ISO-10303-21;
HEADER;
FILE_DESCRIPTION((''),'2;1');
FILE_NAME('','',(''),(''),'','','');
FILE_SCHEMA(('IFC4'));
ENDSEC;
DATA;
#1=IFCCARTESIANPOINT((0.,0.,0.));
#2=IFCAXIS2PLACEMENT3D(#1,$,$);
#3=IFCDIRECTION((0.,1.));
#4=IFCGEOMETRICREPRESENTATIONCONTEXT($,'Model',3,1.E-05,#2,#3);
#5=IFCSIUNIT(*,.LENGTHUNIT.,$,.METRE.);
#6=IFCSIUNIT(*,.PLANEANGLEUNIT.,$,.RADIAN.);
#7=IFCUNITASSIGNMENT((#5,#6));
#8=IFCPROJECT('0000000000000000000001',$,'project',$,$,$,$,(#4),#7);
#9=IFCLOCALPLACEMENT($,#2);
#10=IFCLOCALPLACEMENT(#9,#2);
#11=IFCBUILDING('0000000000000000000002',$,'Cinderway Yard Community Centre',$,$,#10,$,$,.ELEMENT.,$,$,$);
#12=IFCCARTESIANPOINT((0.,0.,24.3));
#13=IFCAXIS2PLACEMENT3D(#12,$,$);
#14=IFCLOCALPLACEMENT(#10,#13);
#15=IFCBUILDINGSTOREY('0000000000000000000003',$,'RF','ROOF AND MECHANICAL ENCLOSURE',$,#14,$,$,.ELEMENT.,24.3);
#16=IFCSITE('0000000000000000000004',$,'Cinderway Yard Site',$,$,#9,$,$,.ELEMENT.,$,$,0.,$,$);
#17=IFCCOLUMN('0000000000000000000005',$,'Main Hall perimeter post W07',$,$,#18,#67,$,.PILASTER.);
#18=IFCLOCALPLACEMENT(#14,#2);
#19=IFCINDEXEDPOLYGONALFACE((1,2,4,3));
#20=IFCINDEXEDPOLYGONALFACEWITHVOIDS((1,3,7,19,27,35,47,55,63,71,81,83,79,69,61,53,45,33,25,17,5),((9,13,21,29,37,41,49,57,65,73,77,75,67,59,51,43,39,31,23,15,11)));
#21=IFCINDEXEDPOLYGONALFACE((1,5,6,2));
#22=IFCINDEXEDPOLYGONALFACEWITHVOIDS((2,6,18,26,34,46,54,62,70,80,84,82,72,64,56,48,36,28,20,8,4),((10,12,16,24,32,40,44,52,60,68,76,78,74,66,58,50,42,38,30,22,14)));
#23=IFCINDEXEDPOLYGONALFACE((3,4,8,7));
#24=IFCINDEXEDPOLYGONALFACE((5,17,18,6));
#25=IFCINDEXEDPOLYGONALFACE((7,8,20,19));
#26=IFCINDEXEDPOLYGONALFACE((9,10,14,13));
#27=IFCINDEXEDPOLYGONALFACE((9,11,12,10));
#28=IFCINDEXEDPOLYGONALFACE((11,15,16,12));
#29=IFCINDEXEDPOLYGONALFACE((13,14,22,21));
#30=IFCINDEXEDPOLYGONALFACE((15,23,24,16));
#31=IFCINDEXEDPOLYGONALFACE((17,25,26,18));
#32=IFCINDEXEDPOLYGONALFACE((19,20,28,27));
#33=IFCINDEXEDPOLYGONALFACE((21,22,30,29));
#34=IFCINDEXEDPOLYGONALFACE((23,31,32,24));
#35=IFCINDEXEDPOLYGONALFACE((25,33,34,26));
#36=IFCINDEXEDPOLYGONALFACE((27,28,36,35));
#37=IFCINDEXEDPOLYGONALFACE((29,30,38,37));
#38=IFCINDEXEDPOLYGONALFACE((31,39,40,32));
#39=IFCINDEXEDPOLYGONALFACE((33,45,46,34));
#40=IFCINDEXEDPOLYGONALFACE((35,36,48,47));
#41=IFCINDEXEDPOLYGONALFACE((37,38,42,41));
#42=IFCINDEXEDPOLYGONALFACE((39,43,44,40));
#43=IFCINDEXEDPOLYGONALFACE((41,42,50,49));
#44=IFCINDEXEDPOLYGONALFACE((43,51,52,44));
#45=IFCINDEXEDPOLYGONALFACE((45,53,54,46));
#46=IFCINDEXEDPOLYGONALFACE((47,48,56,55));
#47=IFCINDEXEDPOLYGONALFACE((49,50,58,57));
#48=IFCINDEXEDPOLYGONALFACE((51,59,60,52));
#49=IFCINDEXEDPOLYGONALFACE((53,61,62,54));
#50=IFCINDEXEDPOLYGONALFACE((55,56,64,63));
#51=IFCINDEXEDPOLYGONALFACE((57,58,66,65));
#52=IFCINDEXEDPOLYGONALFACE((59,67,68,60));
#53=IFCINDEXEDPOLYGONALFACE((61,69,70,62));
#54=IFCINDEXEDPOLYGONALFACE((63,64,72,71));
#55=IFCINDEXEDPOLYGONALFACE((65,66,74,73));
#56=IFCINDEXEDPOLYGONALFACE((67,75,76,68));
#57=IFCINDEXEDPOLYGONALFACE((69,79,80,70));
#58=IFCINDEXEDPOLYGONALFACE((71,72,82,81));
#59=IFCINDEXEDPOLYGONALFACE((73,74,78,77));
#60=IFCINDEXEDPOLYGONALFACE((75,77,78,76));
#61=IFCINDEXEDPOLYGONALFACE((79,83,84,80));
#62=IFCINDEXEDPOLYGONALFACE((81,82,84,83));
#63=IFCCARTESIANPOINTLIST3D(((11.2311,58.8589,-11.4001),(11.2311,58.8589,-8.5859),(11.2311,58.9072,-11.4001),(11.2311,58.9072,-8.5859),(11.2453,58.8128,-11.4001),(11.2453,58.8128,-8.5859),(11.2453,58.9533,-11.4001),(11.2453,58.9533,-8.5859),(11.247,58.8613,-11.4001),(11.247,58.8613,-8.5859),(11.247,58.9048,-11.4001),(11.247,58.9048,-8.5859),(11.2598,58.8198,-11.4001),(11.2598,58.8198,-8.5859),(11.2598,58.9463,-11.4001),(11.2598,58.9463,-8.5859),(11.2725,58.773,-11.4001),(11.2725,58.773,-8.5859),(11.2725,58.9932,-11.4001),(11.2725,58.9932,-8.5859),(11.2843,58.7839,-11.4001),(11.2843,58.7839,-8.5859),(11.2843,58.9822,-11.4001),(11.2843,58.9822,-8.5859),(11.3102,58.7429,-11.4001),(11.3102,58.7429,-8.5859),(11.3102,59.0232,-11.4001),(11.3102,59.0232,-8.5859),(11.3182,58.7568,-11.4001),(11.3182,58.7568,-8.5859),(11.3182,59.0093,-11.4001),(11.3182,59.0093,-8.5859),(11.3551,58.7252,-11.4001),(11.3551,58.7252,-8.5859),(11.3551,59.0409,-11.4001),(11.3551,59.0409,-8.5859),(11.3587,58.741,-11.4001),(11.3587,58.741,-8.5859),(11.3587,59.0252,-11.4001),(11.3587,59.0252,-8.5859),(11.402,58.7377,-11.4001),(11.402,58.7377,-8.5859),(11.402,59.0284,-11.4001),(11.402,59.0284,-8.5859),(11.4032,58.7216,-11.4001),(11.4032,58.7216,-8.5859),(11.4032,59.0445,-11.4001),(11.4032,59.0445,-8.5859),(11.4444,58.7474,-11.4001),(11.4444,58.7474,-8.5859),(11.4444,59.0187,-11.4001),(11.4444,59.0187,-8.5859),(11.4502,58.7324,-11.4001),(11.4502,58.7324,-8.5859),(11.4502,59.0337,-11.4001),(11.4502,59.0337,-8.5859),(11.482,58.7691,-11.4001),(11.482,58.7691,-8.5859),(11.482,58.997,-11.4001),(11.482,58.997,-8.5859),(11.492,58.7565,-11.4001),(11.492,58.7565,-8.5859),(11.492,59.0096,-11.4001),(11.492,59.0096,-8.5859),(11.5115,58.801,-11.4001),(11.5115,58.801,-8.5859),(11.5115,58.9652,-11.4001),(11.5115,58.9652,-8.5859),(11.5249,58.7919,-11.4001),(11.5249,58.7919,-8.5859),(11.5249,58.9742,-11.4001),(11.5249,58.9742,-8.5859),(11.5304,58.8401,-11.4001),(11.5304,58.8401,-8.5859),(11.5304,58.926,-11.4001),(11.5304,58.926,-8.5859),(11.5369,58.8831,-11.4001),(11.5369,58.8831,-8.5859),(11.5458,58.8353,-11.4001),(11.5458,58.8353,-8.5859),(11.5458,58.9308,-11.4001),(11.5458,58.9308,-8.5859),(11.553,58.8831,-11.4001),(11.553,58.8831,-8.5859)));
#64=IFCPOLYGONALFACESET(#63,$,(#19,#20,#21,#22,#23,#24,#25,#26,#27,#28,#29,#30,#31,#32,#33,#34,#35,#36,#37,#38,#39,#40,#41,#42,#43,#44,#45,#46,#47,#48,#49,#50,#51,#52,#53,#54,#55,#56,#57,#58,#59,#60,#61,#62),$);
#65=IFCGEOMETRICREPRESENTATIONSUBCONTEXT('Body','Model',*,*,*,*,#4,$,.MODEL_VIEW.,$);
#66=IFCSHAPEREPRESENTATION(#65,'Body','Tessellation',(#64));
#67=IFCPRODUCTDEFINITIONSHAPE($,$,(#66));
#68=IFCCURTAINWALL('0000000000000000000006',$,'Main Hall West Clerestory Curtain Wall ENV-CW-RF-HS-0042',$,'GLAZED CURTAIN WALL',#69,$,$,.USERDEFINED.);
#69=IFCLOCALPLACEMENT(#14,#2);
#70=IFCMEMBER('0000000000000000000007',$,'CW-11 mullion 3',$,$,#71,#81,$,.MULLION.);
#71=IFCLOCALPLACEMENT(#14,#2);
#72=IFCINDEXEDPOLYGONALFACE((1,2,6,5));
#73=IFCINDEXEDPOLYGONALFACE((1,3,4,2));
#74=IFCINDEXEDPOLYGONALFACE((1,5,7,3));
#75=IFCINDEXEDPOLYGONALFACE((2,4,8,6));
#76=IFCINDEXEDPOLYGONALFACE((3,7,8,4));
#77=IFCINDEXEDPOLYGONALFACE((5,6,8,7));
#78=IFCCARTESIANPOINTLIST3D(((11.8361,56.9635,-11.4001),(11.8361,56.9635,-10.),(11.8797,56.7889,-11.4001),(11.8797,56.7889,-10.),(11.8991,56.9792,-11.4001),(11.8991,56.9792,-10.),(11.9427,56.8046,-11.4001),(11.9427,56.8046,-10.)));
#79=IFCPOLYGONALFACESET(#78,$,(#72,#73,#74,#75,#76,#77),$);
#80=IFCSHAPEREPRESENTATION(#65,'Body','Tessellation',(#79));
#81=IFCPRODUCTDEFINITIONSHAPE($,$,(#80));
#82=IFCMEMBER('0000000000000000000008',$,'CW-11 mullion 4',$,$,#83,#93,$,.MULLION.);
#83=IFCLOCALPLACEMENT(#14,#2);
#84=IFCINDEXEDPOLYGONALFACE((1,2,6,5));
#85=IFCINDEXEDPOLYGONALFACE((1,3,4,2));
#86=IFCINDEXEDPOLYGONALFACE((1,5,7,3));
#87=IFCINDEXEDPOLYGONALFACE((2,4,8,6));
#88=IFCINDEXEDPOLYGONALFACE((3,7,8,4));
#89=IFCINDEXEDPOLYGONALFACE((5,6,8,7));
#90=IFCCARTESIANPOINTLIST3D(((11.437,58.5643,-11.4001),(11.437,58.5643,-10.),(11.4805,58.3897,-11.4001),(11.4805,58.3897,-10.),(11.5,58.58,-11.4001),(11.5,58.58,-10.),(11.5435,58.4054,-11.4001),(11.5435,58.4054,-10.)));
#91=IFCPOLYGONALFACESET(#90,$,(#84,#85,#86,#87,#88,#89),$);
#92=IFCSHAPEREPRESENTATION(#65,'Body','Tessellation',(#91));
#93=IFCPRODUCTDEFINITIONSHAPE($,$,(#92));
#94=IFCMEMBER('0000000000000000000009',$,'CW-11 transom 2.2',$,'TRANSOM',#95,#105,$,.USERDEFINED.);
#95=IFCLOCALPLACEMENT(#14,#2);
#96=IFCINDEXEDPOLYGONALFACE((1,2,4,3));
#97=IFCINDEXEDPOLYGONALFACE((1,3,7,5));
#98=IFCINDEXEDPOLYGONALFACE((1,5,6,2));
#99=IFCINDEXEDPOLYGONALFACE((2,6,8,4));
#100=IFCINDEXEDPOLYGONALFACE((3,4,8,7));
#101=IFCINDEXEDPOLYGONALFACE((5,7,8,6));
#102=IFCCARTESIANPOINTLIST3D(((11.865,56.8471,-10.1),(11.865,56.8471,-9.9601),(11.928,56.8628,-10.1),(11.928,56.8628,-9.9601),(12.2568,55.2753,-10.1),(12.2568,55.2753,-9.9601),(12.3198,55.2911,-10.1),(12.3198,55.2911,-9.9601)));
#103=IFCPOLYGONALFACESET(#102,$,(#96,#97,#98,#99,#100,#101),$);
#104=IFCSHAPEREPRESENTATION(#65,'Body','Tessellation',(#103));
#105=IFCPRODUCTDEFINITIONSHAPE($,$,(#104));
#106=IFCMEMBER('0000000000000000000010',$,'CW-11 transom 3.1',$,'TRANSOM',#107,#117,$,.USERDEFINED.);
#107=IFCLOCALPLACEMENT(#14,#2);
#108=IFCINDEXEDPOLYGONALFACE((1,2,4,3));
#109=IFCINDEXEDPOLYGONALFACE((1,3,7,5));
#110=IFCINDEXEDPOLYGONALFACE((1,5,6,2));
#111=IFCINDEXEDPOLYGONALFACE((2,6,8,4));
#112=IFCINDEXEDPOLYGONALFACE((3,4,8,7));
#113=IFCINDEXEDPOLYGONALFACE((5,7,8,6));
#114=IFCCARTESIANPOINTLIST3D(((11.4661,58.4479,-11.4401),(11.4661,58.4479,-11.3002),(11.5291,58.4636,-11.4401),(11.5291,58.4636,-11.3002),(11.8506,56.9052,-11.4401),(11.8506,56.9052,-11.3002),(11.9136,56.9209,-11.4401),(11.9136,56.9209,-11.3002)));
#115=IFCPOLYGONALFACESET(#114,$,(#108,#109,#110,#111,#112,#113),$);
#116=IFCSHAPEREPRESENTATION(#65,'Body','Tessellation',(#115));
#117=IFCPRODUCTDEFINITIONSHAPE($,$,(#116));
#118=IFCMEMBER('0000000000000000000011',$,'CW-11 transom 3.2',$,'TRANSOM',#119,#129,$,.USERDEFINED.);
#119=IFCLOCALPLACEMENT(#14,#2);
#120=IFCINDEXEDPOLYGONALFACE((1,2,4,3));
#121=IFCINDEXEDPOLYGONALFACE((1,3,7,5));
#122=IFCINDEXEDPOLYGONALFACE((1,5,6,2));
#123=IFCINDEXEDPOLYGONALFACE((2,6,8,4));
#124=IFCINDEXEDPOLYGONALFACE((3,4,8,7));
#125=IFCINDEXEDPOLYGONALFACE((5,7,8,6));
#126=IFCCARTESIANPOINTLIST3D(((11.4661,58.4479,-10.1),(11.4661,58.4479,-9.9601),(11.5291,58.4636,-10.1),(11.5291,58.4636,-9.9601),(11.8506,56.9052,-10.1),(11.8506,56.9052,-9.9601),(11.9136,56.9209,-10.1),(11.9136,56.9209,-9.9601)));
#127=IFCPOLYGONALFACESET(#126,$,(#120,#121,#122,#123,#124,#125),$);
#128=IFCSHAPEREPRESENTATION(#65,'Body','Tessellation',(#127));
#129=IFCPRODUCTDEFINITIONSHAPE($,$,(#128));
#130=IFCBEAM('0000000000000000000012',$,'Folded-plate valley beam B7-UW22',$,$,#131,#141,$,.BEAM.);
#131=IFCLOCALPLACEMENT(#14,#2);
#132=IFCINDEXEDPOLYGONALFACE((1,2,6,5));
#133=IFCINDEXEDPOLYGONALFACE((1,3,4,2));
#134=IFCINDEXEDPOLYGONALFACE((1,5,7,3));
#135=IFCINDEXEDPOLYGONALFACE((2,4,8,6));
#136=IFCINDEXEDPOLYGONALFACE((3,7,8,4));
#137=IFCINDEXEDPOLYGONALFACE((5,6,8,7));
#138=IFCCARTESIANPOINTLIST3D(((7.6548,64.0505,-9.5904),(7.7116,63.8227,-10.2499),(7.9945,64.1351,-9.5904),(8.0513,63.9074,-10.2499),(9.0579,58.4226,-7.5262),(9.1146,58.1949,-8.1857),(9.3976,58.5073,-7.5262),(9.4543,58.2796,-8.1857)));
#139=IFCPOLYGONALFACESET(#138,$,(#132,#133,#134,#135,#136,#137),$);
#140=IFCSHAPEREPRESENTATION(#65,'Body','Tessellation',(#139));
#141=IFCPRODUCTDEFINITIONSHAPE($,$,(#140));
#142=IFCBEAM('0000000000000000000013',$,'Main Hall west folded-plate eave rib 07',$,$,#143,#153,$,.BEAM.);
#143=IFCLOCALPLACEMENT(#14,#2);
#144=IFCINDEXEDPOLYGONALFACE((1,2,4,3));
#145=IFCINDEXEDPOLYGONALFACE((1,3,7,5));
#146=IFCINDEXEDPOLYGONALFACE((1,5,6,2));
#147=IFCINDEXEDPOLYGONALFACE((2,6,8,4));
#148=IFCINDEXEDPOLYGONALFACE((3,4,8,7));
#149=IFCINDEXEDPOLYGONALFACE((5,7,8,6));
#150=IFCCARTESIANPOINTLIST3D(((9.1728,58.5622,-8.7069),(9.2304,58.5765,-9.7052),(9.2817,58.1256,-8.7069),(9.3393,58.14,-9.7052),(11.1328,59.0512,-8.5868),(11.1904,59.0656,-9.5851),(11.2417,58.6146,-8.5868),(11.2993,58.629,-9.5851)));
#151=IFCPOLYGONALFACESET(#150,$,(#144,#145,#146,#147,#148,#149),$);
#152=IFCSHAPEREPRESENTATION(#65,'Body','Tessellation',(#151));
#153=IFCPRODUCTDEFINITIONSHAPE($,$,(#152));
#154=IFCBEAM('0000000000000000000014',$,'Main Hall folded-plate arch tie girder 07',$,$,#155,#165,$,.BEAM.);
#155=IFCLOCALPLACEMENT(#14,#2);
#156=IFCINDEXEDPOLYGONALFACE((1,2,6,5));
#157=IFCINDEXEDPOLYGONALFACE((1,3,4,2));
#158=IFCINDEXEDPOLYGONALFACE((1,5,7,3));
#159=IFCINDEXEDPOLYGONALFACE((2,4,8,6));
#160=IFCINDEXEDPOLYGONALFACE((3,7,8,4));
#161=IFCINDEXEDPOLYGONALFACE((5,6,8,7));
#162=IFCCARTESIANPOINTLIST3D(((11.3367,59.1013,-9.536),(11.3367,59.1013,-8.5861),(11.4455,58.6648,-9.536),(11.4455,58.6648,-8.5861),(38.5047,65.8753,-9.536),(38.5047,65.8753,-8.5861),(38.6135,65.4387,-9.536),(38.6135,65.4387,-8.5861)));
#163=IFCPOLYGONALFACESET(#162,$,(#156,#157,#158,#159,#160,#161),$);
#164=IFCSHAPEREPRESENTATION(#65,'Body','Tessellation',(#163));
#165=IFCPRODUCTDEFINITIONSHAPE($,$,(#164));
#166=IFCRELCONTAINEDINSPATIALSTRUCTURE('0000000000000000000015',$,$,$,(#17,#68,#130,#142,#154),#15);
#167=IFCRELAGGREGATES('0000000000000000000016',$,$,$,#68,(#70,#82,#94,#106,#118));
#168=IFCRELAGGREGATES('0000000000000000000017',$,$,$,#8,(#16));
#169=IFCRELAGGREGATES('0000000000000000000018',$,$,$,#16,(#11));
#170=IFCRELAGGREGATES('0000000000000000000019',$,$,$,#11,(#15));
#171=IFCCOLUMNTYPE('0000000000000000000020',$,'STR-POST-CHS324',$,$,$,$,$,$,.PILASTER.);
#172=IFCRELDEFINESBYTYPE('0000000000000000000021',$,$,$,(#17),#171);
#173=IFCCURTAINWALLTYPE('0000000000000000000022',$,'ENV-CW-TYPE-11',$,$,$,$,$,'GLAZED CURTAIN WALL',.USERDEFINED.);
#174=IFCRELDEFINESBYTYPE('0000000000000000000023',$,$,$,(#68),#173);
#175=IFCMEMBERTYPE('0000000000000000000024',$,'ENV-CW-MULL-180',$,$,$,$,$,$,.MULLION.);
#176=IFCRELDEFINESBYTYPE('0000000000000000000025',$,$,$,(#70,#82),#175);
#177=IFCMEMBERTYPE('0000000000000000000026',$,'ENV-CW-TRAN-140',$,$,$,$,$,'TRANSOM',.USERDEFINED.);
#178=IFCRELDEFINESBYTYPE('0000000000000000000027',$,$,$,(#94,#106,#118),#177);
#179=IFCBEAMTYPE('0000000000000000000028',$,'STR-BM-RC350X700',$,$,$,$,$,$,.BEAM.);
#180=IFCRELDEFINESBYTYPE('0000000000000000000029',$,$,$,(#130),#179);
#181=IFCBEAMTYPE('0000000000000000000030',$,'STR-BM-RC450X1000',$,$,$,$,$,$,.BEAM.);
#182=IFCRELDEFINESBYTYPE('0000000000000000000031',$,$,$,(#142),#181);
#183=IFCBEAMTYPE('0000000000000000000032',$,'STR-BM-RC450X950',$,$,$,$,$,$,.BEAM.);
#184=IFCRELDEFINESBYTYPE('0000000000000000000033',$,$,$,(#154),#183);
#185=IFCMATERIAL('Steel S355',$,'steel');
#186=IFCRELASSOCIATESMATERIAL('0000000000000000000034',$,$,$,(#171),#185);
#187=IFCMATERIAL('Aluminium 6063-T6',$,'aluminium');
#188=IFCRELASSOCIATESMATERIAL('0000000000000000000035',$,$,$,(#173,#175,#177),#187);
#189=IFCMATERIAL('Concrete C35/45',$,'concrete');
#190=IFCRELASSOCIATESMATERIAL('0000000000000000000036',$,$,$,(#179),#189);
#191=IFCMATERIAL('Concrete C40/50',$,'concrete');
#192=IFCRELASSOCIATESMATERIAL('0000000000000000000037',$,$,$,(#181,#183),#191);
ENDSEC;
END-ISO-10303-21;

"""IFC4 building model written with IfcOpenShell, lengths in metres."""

from ifc_helpers import new_model, si_unit, direction, frame, origin, origin_2d, place, context, subcontext, project, spatial, rectangle, hollow_circle, extrude, material, material_profile, profile_set, type_object, element, aggregate, save


model = new_model("IFC4")

# Units and contexts
model_context = context("Model", 3, precision=1e-05, world=origin(), true_north=direction((0.0, 1.0)))
body_context = subcontext(model_context, "Body", "Model", "MODEL_VIEW")
ifc_project = project(units=[si_unit("LENGTHUNIT", "METRE"), si_unit("PLANEANGLEUNIT", "RADIAN")], contexts=[model_context])

# Site, building, storey
site_placement = place(None, origin())
site = spatial("IfcSite", under=ifc_project, at=site_placement, Name="Cinderway Yard Site", CompositionType="ELEMENT", RefElevation=0.0)
building_placement = place(site_placement, origin())
building = spatial("IfcBuilding", under=site, at=building_placement, Name="Cinderway Yard Community Centre", CompositionType="ELEMENT")
storey_placement = place(building_placement, frame((0.0, 0.0, 24.3)))
storey = spatial("IfcBuildingStorey", under=building, at=storey_placement, Name="RF", Description="ROOF AND MECHANICAL ENCLOSURE", CompositionType="ELEMENT", Elevation=24.3)

# Column
ifc_material_1 = material(Name="Steel S355", Category="steel")
ifc_material_profile_1 = material_profile(ifc_material_1, hollow_circle(Radius=0.1619, WallThickness=0.0161, at=origin_2d()), Name="Steel S355")
ifc_profile_set_1 = profile_set([ifc_material_profile_1], Name="Steel S355")
column_type = type_object("IfcColumnType", Name="STR-POST-CHS324", PredefinedType="PILASTER", material=ifc_profile_set_1)
column_placement = place(storey_placement, frame((11.3911, 58.8831, -11.4001), z_axis=(0.0, 0.0, 1.0), x_axis=(1.0, 0.0, 0.0)))
element("IfcColumn", 1, at=column_placement, inside=storey, type_object=column_type, Name="Main Hall perimeter post W07", PredefinedType="PILASTER", context=body_context, shape_type="SweptSolid", body=[
    extrude(hollow_circle(Radius=0.1619, WallThickness=0.0161, at=origin_2d()), origin(), (0.0, 0.0, 1.0), 2.8142),
])

# Curtain wall, members
ifc_material_2 = material(Name="Aluminium 6063-T6", Category="aluminium")
curtain_wall_type = type_object("IfcCurtainWallType", Name="ENV-CW-TYPE-11", ElementType="GLAZED CURTAIN WALL", PredefinedType="USERDEFINED", material=ifc_material_2)
curtain_wall_placement = place(storey_placement, origin())
curtain_wall = element("IfcCurtainWall", 2, at=curtain_wall_placement, inside=storey, type_object=curtain_wall_type, Name="Main Hall West Clerestory Curtain Wall ENV-CW-RF-HS-0042", ObjectType="GLAZED CURTAIN WALL", PredefinedType="USERDEFINED")
ifc_material_profile_2 = material_profile(ifc_material_2, rectangle(XDim=0.0649, YDim=0.1799, at=origin_2d()), Name="Aluminium 6063-T6")
ifc_profile_set_2 = profile_set([ifc_material_profile_2], Name="Aluminium 6063-T6")
member_type_1 = type_object("IfcMemberType", Name="ENV-CW-MULL-180", PredefinedType="MULLION", material=ifc_profile_set_2)
member_1_placement = place(storey_placement, frame((11.8894, 56.884, -11.4001), z_axis=(0.0, 0.0, 1.0), x_axis=(-0.970306, -0.241882, 0.0)))
member_1 = element("IfcMember", 3, at=member_1_placement, type_object=member_type_1, Name="CW-11 mullion 3", PredefinedType="MULLION", context=body_context, shape_type="SweptSolid", body=[
    extrude(rectangle(XDim=0.0649, YDim=0.1799, at=origin_2d()), origin(), (0.0, 0.0, 1.0), 1.4001),
])
member_2_placement = place(storey_placement, frame((11.4902, 58.4849, -11.4001), z_axis=(0.0, 0.0, 1.0), x_axis=(-0.970306, -0.241882, 0.0)))
member_2 = element("IfcMember", 4, at=member_2_placement, type_object=member_type_1, Name="CW-11 mullion 4", PredefinedType="MULLION", context=body_context, shape_type="SweptSolid", body=[
    extrude(rectangle(XDim=0.0649, YDim=0.1799, at=origin_2d()), origin(), (0.0, 0.0, 1.0), 1.4001),
])
ifc_material_profile_3 = material_profile(ifc_material_2, rectangle(XDim=0.0649, YDim=0.1399, at=origin_2d()), Name="Aluminium 6063-T6")
ifc_profile_set_3 = profile_set([ifc_material_profile_3], Name="Aluminium 6063-T6")
member_type_2 = type_object("IfcMemberType", Name="ENV-CW-TRAN-140", ElementType="TRANSOM", PredefinedType="USERDEFINED", material=ifc_profile_set_3)
member_3_placement = place(storey_placement, frame((12.2883, 55.2832, -10.03), z_axis=(-0.241897, 0.970302, 0.0), x_axis=(-0.970302, -0.241897, 0.0)))
member_3 = element("IfcMember", 5, at=member_3_placement, type_object=member_type_2, Name="CW-11 transom 2.2", ObjectType="TRANSOM", PredefinedType="USERDEFINED", context=body_context, shape_type="SweptSolid", body=[
    extrude(rectangle(XDim=0.0649, YDim=0.1399, at=origin_2d()), origin(), (0.0, 0.0, 1.0), 1.6199),
])
member_4_placement = place(storey_placement, frame((11.8821, 56.9131, -11.3701), z_axis=(-0.241849, 0.970314, 0.0), x_axis=(-0.970314, -0.241849, 0.0)))
member_4 = element("IfcMember", 6, at=member_4_placement, type_object=member_type_2, Name="CW-11 transom 3.1", ObjectType="TRANSOM", PredefinedType="USERDEFINED", context=body_context, shape_type="SweptSolid", body=[
    extrude(rectangle(XDim=0.0649, YDim=0.1399, at=origin_2d()), origin(), (0.0, 0.0, 1.0), 1.5898),
])
member_5_placement = place(storey_placement, frame((11.8821, 56.9131, -10.03), z_axis=(-0.241849, 0.970314, 0.0), x_axis=(-0.970314, -0.241849, 0.0)))
member_5 = element("IfcMember", 7, at=member_5_placement, type_object=member_type_2, Name="CW-11 transom 3.2", ObjectType="TRANSOM", PredefinedType="USERDEFINED", context=body_context, shape_type="SweptSolid", body=[
    extrude(rectangle(XDim=0.0649, YDim=0.1399, at=origin_2d()), origin(), (0.0, 0.0, 1.0), 1.5898),
])

# Beams
ifc_material_3 = material(Name="Concrete C35/45", Category="concrete")
ifc_material_profile_4 = material_profile(ifc_material_3, rectangle(XDim=0.3501, YDim=0.7, at=origin_2d()), Name="Concrete C35/45")
ifc_profile_set_4 = profile_set([ifc_material_profile_4], Name="Concrete C35/45")
beam_type_1 = type_object("IfcBeamType", Name="STR-BM-RC350X700", PredefinedType="BEAM", material=ifc_profile_set_4)
beam_1_placement = place(storey_placement, frame((9.2561, 58.3511, -7.856), z_axis=(-0.2279, 0.914136, -0.335286), x_axis=(-0.970301, -0.241902, 0.0)))
element("IfcBeam", 8, at=beam_1_placement, inside=storey, type_object=beam_type_1, Name="Folded-plate valley beam B7-UW22", PredefinedType="BEAM", context=body_context, shape_type="SweptSolid", body=[
    extrude(rectangle(XDim=0.3501, YDim=0.7, at=origin_2d()), origin(), (0.0, 0.0, 1.0), 6.1565),
])
ifc_material_4 = material(Name="Concrete C40/50", Category="concrete")
ifc_material_profile_5 = material_profile(ifc_material_4, rectangle(XDim=0.45, YDim=1.0, at=origin_2d()), Name="Concrete C40/50")
ifc_profile_set_5 = profile_set([ifc_material_profile_5], Name="Concrete C40/50")
beam_type_2 = type_object("IfcBeamType", Name="STR-BM-RC450X1000", PredefinedType="BEAM", material=ifc_profile_set_5)
beam_2_placement = place(storey_placement, frame((11.2161, 58.8401, -9.0859), z_axis=(-0.968545, -0.241654, -0.059358), x_axis=(0.242081, -0.970256, 0.0)))
element("IfcBeam", 9, at=beam_2_placement, inside=storey, type_object=beam_type_2, Name="Main Hall west folded-plate eave rib 07", PredefinedType="BEAM", context=body_context, shape_type="SweptSolid", body=[
    extrude(rectangle(XDim=0.45, YDim=1.0, at=origin_2d()), origin(), (0.0, 0.0, 1.0), 2.0237),
])
ifc_material_profile_6 = material_profile(ifc_material_4, rectangle(XDim=0.45, YDim=0.95, at=origin_2d()), Name="Concrete C40/50")
ifc_profile_set_6 = profile_set([ifc_material_profile_6], Name="Concrete C40/50")
beam_type_3 = type_object("IfcBeamType", Name="STR-BM-RC450X950", PredefinedType="BEAM", material=ifc_profile_set_6)
beam_3_placement = place(storey_placement, frame((11.3911, 58.8831, -9.061), z_axis=(0.970294, 0.241928, 0.0), x_axis=(-0.241928, 0.970294, 0.0)))
element("IfcBeam", 10, at=beam_3_placement, inside=storey, type_object=beam_type_3, Name="Main Hall folded-plate arch tie girder 07", PredefinedType="BEAM", context=body_context, shape_type="SweptSolid", body=[
    extrude(rectangle(XDim=0.45, YDim=0.95, at=origin_2d()), origin(), (0.0, 0.0, 1.0), 27.9998),
])

aggregate(curtain_wall, [member_1, member_2, member_3, member_4, member_5])

save(model, "model.ifc")
